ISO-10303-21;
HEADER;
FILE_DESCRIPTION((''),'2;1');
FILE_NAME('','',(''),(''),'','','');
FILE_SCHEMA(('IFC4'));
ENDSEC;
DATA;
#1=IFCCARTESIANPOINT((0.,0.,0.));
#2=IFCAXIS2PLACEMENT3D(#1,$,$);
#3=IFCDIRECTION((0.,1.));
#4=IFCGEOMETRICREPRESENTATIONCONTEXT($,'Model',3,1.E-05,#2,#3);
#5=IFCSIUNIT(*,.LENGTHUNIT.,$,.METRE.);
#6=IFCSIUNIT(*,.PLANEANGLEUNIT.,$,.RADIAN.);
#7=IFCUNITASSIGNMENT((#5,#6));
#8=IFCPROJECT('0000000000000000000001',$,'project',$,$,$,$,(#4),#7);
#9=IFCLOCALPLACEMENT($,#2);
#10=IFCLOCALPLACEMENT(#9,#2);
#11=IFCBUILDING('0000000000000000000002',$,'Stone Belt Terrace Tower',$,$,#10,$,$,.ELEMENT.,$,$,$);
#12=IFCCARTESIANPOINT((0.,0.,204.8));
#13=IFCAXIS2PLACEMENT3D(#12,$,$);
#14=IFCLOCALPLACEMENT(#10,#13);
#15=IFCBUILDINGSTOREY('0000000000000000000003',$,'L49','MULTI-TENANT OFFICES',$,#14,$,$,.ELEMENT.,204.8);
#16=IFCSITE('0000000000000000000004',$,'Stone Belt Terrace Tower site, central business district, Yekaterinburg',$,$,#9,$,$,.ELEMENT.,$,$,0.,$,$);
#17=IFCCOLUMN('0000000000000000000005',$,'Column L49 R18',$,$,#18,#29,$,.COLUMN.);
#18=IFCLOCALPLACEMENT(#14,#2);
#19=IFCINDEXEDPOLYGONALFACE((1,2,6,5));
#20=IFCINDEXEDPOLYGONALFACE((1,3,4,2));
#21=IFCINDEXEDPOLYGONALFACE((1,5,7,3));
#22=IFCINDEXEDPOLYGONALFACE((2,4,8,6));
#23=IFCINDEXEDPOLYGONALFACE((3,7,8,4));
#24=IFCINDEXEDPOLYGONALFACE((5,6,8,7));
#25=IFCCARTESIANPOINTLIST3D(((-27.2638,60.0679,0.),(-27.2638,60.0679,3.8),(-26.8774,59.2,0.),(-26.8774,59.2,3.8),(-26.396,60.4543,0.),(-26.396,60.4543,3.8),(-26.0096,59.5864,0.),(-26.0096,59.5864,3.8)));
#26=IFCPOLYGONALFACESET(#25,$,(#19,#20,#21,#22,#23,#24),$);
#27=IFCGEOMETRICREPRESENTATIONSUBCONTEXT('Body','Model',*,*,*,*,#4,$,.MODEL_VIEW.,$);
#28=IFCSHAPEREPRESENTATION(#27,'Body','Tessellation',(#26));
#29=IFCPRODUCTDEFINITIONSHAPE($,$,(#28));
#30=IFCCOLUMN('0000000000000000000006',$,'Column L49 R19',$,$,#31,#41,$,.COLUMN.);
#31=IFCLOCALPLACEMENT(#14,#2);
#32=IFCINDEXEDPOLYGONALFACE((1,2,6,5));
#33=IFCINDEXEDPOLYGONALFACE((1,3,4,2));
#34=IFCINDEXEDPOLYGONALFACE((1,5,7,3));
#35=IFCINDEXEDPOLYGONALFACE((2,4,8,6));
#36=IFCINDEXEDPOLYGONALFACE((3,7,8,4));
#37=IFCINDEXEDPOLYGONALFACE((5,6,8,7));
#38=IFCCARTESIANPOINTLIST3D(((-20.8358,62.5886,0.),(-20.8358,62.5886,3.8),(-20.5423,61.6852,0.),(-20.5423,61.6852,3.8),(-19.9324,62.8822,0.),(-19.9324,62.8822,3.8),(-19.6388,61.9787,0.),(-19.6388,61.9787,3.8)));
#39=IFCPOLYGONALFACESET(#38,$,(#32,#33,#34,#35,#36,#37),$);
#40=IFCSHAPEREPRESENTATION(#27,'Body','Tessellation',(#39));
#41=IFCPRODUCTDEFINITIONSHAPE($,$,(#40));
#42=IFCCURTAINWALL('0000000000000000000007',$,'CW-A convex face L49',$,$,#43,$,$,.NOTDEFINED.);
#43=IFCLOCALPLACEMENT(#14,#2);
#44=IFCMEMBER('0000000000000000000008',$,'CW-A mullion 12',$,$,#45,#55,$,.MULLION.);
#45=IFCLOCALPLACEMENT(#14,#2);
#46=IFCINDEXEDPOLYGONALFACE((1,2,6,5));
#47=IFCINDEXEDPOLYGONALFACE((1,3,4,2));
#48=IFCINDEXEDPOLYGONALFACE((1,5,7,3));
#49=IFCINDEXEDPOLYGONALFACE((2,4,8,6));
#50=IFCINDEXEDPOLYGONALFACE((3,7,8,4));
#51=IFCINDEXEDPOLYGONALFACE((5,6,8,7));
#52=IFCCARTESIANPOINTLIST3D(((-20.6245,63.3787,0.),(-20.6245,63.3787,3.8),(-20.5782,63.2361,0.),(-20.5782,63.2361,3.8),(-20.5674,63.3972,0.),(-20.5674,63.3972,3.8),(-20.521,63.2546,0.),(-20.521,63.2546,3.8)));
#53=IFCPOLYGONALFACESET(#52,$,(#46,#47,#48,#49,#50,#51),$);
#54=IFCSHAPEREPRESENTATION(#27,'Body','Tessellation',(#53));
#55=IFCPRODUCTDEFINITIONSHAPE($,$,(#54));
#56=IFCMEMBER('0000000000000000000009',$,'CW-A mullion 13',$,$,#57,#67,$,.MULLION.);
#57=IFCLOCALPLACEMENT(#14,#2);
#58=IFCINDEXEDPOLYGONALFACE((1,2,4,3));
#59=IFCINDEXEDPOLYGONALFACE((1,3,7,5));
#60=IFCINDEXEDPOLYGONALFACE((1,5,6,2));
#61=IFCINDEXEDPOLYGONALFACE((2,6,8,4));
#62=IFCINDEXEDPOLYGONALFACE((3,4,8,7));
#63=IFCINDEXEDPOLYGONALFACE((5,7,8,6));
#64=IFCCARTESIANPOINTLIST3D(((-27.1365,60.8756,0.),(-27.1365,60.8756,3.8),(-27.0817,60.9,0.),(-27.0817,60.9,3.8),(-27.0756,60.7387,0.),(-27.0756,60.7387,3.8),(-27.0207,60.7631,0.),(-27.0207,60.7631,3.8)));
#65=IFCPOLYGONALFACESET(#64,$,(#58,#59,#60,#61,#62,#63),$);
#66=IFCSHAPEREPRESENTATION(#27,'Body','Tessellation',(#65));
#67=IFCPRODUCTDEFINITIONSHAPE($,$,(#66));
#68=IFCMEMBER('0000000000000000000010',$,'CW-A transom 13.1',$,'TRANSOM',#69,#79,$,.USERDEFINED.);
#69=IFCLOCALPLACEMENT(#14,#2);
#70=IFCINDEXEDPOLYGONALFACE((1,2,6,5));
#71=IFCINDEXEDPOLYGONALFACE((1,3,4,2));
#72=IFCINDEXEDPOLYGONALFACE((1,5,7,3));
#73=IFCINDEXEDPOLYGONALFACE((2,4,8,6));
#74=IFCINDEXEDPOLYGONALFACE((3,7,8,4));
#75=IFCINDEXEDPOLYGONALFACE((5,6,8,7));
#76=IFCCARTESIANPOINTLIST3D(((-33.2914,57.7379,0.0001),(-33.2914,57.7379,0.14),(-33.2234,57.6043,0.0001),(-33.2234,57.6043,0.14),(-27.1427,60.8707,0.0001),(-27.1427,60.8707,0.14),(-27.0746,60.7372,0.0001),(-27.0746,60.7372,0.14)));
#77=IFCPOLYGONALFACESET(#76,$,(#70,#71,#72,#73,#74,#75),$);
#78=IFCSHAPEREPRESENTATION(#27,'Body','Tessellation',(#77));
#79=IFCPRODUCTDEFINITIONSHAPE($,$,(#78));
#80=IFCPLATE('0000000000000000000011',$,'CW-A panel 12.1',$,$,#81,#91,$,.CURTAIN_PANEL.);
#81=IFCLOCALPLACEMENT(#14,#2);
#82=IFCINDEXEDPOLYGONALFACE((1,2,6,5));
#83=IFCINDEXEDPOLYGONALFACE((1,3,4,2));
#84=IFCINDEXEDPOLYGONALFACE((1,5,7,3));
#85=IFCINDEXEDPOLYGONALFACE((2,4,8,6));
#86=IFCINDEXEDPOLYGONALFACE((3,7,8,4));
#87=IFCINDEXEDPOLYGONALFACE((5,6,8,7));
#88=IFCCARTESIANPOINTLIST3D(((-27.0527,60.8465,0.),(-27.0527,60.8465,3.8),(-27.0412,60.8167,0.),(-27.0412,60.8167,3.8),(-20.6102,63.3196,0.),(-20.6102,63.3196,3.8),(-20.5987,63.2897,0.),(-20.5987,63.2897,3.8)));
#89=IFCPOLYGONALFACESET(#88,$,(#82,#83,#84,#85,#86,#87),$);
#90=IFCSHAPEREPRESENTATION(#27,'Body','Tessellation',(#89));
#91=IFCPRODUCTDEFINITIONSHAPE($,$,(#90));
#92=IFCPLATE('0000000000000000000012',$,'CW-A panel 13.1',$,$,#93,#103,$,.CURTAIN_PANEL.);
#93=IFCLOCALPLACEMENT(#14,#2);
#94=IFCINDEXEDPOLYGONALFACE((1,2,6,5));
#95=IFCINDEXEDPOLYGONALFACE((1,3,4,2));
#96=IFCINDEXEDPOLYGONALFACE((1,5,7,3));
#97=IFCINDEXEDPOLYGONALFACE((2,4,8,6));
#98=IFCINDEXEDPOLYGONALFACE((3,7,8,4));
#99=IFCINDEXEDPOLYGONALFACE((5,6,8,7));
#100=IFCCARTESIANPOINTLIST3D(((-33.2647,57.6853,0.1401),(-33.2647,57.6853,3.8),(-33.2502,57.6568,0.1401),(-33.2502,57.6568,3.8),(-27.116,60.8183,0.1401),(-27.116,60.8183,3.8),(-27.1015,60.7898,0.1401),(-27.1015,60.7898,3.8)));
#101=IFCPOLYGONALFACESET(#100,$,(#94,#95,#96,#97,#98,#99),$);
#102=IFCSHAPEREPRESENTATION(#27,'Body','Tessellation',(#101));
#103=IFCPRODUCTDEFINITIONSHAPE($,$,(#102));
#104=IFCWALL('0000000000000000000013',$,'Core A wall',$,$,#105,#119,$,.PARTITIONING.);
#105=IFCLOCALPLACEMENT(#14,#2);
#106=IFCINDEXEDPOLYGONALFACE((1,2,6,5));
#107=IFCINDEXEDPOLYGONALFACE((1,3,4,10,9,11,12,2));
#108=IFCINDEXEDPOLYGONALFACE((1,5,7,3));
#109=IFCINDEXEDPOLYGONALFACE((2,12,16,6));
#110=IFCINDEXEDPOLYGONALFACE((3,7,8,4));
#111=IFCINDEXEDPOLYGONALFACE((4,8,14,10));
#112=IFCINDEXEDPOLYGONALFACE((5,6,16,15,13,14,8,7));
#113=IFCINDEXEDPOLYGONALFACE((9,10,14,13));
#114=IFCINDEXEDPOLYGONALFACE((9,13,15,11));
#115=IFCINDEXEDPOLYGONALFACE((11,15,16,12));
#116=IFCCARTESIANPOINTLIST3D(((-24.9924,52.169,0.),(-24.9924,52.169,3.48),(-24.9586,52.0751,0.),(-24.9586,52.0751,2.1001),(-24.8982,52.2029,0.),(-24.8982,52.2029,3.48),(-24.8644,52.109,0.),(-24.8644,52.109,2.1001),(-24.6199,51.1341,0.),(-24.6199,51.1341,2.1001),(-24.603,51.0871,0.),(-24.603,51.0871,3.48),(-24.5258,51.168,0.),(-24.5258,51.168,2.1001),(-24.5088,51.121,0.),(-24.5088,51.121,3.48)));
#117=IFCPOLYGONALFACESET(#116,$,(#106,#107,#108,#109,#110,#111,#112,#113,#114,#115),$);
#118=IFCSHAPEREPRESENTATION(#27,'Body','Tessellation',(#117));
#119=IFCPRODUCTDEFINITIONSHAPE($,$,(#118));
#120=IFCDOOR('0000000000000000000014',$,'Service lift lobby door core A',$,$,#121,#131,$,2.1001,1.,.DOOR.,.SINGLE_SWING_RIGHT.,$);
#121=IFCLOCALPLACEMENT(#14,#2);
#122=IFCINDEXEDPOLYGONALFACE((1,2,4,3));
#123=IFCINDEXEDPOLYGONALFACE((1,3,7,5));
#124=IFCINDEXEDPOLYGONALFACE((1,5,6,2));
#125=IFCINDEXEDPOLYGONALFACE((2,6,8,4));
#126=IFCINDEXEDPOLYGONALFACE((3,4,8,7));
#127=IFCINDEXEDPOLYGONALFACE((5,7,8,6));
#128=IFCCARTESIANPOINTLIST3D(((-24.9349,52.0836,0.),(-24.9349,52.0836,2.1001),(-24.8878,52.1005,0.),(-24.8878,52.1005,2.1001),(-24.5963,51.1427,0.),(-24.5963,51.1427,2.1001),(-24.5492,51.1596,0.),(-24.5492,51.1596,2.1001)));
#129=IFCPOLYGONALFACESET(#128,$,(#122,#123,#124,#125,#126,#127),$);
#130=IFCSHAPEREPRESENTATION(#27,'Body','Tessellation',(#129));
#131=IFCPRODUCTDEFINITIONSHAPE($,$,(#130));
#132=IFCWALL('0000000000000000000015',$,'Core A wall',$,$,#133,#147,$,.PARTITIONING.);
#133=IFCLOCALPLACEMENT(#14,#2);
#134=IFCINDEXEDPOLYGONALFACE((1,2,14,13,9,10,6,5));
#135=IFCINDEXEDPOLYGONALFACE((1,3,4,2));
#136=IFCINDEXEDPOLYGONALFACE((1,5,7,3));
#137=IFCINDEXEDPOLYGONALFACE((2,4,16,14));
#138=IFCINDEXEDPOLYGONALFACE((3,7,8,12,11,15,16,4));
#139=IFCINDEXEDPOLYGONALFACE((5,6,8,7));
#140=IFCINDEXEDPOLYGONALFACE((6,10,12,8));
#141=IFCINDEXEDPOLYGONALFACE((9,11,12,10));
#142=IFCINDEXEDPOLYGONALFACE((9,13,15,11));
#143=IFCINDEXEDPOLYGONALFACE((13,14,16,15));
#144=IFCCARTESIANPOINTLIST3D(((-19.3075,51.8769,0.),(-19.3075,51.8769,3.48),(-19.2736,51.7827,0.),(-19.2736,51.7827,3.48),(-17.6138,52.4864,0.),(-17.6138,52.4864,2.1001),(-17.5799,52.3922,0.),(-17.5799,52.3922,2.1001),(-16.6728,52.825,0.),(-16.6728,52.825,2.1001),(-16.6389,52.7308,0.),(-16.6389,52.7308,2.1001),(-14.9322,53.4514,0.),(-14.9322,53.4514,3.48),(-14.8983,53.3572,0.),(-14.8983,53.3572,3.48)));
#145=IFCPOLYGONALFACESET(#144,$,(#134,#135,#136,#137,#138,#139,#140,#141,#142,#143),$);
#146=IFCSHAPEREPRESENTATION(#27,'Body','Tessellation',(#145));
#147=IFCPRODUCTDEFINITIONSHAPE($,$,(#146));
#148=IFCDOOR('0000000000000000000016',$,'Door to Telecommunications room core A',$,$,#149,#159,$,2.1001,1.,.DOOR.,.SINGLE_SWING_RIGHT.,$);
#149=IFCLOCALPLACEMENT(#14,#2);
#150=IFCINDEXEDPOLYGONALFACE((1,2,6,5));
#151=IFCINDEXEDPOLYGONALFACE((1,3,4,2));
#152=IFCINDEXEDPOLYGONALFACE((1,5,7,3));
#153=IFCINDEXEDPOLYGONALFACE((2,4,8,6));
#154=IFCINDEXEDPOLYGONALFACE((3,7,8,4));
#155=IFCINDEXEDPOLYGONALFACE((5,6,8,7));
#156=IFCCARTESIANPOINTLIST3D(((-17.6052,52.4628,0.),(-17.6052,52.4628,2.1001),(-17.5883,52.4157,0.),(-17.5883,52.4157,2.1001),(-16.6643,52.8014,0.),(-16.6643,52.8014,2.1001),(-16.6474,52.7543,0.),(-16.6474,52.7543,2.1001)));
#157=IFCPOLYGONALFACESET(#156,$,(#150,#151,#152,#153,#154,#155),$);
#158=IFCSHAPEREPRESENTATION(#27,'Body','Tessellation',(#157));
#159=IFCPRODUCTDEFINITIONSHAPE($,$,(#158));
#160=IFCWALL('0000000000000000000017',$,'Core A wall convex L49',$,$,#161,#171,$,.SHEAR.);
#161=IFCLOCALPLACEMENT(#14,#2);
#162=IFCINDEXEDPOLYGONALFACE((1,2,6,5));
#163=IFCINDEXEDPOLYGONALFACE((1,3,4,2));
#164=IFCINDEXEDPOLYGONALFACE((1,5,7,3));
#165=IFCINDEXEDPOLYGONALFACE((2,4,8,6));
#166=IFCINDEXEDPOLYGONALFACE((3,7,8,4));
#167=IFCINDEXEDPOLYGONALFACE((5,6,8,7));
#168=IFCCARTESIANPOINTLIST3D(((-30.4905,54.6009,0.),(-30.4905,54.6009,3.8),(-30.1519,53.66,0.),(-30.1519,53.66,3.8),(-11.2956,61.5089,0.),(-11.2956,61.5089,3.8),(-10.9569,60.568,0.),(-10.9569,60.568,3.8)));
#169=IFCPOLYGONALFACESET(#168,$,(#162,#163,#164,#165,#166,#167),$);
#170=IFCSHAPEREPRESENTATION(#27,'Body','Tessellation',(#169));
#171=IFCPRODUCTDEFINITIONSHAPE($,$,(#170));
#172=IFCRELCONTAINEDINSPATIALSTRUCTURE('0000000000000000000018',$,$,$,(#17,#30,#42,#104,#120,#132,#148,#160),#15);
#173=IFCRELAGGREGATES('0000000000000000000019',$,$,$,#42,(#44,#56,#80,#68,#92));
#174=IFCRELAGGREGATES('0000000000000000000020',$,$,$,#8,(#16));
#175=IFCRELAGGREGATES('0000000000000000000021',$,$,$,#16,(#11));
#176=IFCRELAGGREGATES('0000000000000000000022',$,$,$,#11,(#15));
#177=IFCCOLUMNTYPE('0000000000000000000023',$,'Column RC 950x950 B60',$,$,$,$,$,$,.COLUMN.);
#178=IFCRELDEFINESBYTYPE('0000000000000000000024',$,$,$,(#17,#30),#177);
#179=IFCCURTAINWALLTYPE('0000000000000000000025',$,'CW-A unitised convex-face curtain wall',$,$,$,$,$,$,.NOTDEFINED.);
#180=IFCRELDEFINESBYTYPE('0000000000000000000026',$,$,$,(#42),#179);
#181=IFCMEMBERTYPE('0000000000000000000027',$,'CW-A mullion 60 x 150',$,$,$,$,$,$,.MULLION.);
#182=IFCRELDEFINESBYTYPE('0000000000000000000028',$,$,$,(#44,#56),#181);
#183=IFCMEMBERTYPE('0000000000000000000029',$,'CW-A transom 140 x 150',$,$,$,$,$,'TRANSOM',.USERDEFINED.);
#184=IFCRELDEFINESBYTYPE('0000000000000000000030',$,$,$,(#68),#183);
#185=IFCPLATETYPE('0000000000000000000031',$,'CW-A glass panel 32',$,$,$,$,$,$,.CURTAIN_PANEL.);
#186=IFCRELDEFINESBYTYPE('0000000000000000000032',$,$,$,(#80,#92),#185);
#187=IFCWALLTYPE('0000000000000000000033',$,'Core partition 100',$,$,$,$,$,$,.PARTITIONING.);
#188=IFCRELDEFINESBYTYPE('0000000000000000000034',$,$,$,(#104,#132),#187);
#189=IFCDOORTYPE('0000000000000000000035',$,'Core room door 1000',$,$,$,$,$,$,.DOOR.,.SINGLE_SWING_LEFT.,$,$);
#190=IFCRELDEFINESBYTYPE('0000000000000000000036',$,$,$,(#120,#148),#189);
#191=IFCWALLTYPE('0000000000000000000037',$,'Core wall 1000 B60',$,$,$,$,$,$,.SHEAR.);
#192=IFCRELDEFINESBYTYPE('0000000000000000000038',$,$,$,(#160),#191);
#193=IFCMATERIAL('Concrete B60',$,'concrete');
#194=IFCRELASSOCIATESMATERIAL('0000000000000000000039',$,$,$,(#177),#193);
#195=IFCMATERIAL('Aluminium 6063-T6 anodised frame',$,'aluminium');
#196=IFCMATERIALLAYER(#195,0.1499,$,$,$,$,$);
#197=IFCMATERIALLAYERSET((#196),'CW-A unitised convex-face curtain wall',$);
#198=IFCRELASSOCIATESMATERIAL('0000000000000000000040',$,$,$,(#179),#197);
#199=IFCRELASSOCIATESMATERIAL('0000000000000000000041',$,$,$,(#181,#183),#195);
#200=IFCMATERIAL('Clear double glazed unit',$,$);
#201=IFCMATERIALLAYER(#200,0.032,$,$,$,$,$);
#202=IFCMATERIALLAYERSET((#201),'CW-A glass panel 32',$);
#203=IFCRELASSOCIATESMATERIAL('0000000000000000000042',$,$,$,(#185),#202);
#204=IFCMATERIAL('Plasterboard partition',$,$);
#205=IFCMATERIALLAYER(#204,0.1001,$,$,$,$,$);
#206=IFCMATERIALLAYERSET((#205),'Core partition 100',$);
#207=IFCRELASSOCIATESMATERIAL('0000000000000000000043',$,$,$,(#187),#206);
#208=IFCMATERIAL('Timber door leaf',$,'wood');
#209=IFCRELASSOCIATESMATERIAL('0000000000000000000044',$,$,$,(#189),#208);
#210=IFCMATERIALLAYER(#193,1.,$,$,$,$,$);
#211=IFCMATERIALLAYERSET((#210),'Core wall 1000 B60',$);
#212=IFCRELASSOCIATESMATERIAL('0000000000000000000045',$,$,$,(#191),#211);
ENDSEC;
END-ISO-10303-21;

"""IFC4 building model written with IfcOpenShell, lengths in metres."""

from ifc_helpers import new_model, si_unit, direction, frame, frame_2d, origin, origin_2d, place, context, subcontext, project, spatial, rectangle, extrude, material, layer, layer_set, material_profile, profile_set, type_object, element, fill, aggregate, save


model = new_model("IFC4")

# Units and contexts
model_context = context("Model", 3, precision=1e-05, world=origin(), true_north=direction((0.0, 1.0)))
body_context = subcontext(model_context, "Body", "Model", "MODEL_VIEW")
ifc_project = project(units=[si_unit("LENGTHUNIT", "METRE"), si_unit("PLANEANGLEUNIT", "RADIAN")], contexts=[model_context])

# Site, building, storey
site_placement = place(None, origin())
site = spatial("IfcSite", under=ifc_project, at=site_placement, Name="Stone Belt Terrace Tower site, central business district, Yekaterinburg", CompositionType="ELEMENT", RefElevation=0.0)
building_placement = place(site_placement, origin())
building = spatial("IfcBuilding", under=site, at=building_placement, Name="Stone Belt Terrace Tower", CompositionType="ELEMENT")
storey_placement = place(building_placement, frame((0.0, 0.0, 204.8)))
storey = spatial("IfcBuildingStorey", under=building, at=storey_placement, Name="L49", Description="MULTI-TENANT OFFICES", CompositionType="ELEMENT", Elevation=204.8)

# Columns
ifc_material_1 = material(Name="Concrete B60", Category="concrete")
ifc_material_profile_1 = material_profile(ifc_material_1, rectangle(XDim=0.95, YDim=0.95, at=origin_2d()), Name="RC 950x950")
ifc_profile_set_1 = profile_set([ifc_material_profile_1], Name="Concrete B60")
column_type = type_object("IfcColumnType", Name="Column RC 950x950 B60", PredefinedType="COLUMN", material=ifc_profile_set_1)
for number, where, z_axis, x_axis, name in (
    (1, (-26.6367, 59.8271, 0.0), (0.0, 0.0, 1.0), (0.913545, 0.406737, 0.0), "Column L49 R18"),
    (2, (-20.2373, 62.2837, 0.0), (0.0, 0.0, 1.0), (0.951057, 0.309017, 0.0), "Column L49 R19"),
):
    element("IfcColumn", number, at=place(storey_placement, frame(where, z_axis=z_axis, x_axis=x_axis)), inside=storey, type_object=column_type, Name=name, PredefinedType="COLUMN", context=body_context, shape_type="SweptSolid", body=[
        extrude(rectangle(XDim=0.95, YDim=0.95, at=origin_2d()), origin(), (0.0, 0.0, 1.0), 3.8),
    ])

# Curtain wall, members, plates
ifc_material_2 = material(Name="Aluminium 6063-T6 anodised frame", Category="aluminium")
ifc_layer_1 = layer(ifc_material_2, 0.1499)
ifc_layer_set_1 = layer_set([ifc_layer_1], Name="CW-A unitised convex-face curtain wall")
curtain_wall_type = type_object("IfcCurtainWallType", Name="CW-A unitised convex-face curtain wall", PredefinedType="NOTDEFINED", material=ifc_layer_set_1)
curtain_wall_placement = place(storey_placement, origin())
curtain_wall = element("IfcCurtainWall", 3, at=curtain_wall_placement, inside=storey, type_object=curtain_wall_type, Name="CW-A convex face L49", PredefinedType="NOTDEFINED")
ifc_material_profile_2 = material_profile(ifc_material_2, rectangle(XDim=0.1499, YDim=0.0601, at=origin_2d()), Name="Aluminium 6063-T6 60x150")
ifc_profile_set_2 = profile_set([ifc_material_profile_2], Name="Aluminium 6063-T6 anodised frame")
member_type_1 = type_object("IfcMemberType", Name="CW-A mullion 60 x 150", PredefinedType="MULLION", material=ifc_profile_set_2)
member_1_placement = place(storey_placement, frame((-20.5728, 63.3167, 0.0), z_axis=(0.0, 0.0, 1.0), x_axis=(0.309017, -0.951057, 0.0)))
member_1 = element("IfcMember", 4, at=member_1_placement, type_object=member_type_1, Name="CW-A mullion 12", PredefinedType="MULLION", context=body_context, shape_type="SweptSolid", body=[
    extrude(rectangle(XDim=0.1499, YDim=0.0601, at=origin_2d()), origin(), (0.0, 0.0, 1.0), 3.8),
])
member_2_placement = place(storey_placement, frame((-27.0786, 60.8193, 0.0), z_axis=(0.0, 0.0, 1.0), x_axis=(0.406737, -0.913545, 0.0)))
member_2 = element("IfcMember", 5, at=member_2_placement, type_object=member_type_1, Name="CW-A mullion 13", PredefinedType="MULLION", context=body_context, shape_type="SweptSolid", body=[
    extrude(rectangle(XDim=0.1499, YDim=0.0601, at=origin_2d()), origin(), (0.0, 0.0, 1.0), 3.8),
])
ifc_material_profile_3 = material_profile(ifc_material_2, rectangle(XDim=0.1499, YDim=0.1399, at=origin_2d()), Name="Aluminium 6063-T6 150x140")
ifc_profile_set_3 = profile_set([ifc_material_profile_3], Name="Aluminium 6063-T6 anodised frame")
member_type_2 = type_object("IfcMemberType", Name="CW-A transom 140 x 150", ElementType="TRANSOM", PredefinedType="USERDEFINED", material=ifc_profile_set_3)
member_3_placement = place(storey_placement, frame((-27.1086, 60.804, 0.0701), z_axis=(-0.891012, -0.453979, 0.0), x_axis=(0.453979, -0.891012, 0.0)))
member_3 = element("IfcMember", 6, at=member_3_placement, type_object=member_type_2, Name="CW-A transom 13.1", ObjectType="TRANSOM", PredefinedType="USERDEFINED", context=body_context, shape_type="SweptSolid", body=[
    extrude(rectangle(XDim=0.1499, YDim=0.1399, at=origin_2d()), origin(), (0.0, 0.0, 1.0), 6.9009),
])
ifc_material_3 = material(Name="Clear double glazed unit")
ifc_layer_2 = layer(ifc_material_3, 0.032)
ifc_layer_set_2 = layer_set([ifc_layer_2], Name="CW-A glass panel 32")
plate_type = type_object("IfcPlateType", Name="CW-A glass panel 32", PredefinedType="CURTAIN_PANEL", material=ifc_layer_set_2)
plate_1_placement = place(storey_placement, frame((-23.8257, 62.0681, 0.0), z_axis=(0.0, 0.0, 1.0), x_axis=(-0.93358, -0.358368, 0.0)))
plate_1 = element("IfcPlate", 7, at=plate_1_placement, type_object=plate_type, Name="CW-A panel 12.1", PredefinedType="CURTAIN_PANEL", context=body_context, shape_type="SweptSolid", body=[
    extrude(rectangle(XDim=6.9009, YDim=0.032, at=origin_2d()), origin(), (0.0, 0.0, 1.0), 3.8),
])
plate_2_placement = place(storey_placement, frame((-30.1831, 59.2375, 0.1401), z_axis=(0.0, 0.0, 1.0), x_axis=(-0.891007, -0.45399, 0.0)))
plate_2 = element("IfcPlate", 8, at=plate_2_placement, type_object=plate_type, Name="CW-A panel 13.1", PredefinedType="CURTAIN_PANEL", context=body_context, shape_type="SweptSolid", body=[
    extrude(rectangle(XDim=6.9009, YDim=0.032, at=origin_2d()), origin(), (0.0, 0.0, 1.0), 3.6599),
])
aggregate(curtain_wall, [member_1, member_2, plate_1, member_3, plate_2])

# Walls, openings, doors
ifc_material_4 = material(Name="Plasterboard partition")
ifc_layer_3 = layer(ifc_material_4, 0.1001)
ifc_layer_set_3 = layer_set([ifc_layer_3], Name="Core partition 100")
wall_type_1 = type_object("IfcWallType", Name="Core partition 100", PredefinedType="PARTITIONING", material=ifc_layer_set_3)
wall_1_placement = place(storey_placement, frame((-24.5559, 51.104, 0.0), z_axis=(0.0, 0.0, 1.0), x_axis=(-0.338622, 0.940923, 0.0)))
wall_1 = element("IfcWall", 9, at=wall_1_placement, inside=storey, type_object=wall_type_1, Name="Core A wall", PredefinedType="PARTITIONING", context=body_context, shape_type="SweptSolid", body=[
    extrude(rectangle(XDim=1.1499, YDim=0.1001, at=frame_2d((0.575, 0.0))), origin(), (0.0, 0.0, 1.0), 3.48),
])
opening_1_placement = place(wall_1_placement, frame((0.05, 0.0, 0.0)))
opening_1 = element("IfcOpeningElement", 10, at=opening_1_placement, cuts=wall_1, PredefinedType="OPENING", context=body_context, shape_type="SweptSolid", body=[
    extrude(rectangle(XDim=1.0, YDim=2.1001, at=frame_2d((0.5, 1.05))), frame((0.0, 0.0601, 0.0), z_axis=(0.0, -1.0, 0.0), x_axis=(1.0, 0.0, 0.0)), (0.0, 0.0, 1.0), 0.1201),
])
ifc_material_5 = material(Name="Timber door leaf", Category="wood")
door_type_1 = type_object("IfcDoorType", Name="Core room door 1000", OperationType="SINGLE_SWING_LEFT", PredefinedType="DOOR", material=ifc_material_5)
door_1_placement = place(opening_1_placement, origin())
door_1 = element("IfcDoor", 11, at=door_1_placement, inside=storey, type_object=door_type_1, Name="Service lift lobby door core A", OperationType="SINGLE_SWING_RIGHT", OverallHeight=2.1001, OverallWidth=1.0, PredefinedType="DOOR", context=body_context, shape_type="SweptSolid", body=[
    extrude(rectangle(XDim=1.0, YDim=2.1001, at=frame_2d((0.5, 1.05))), frame((0.0, 0.0249, 0.0), z_axis=(0.0, -1.0, 0.0), x_axis=(1.0, 0.0, 0.0)), (0.0, 0.0, 1.0), 0.05),
])
fill(opening_1, door_1)
wall_2_placement = place(storey_placement, frame((-19.2905, 51.8298, 0.0), z_axis=(0.0, 0.0, 1.0), x_axis=(0.94093, 0.3386, 0.0)))
wall_2 = element("IfcWall", 12, at=wall_2_placement, inside=storey, type_object=wall_type_1, Name="Core A wall", PredefinedType="PARTITIONING", context=body_context, shape_type="SweptSolid", body=[
    extrude(rectangle(XDim=4.6499, YDim=0.1001, at=frame_2d((2.325, 0.0))), origin(), (0.0, 0.0, 1.0), 3.48),
])
opening_2_placement = place(wall_2_placement, frame((1.8, 0.0, 0.0)))
opening_2 = element("IfcOpeningElement", 13, at=opening_2_placement, cuts=wall_2, PredefinedType="OPENING", context=body_context, shape_type="SweptSolid", body=[
    extrude(rectangle(XDim=1.0, YDim=2.1001, at=frame_2d((0.5, 1.05))), frame((0.0, 0.0601, 0.0), z_axis=(0.0, -1.0, 0.0), x_axis=(1.0, 0.0, 0.0)), (0.0, 0.0, 1.0), 0.1201),
])
door_2_placement = place(opening_2_placement, origin())
door_2 = element("IfcDoor", 14, at=door_2_placement, inside=storey, type_object=door_type_1, Name="Door to Telecommunications room core A", OperationType="SINGLE_SWING_RIGHT", OverallHeight=2.1001, OverallWidth=1.0, PredefinedType="DOOR", context=body_context, shape_type="SweptSolid", body=[
    extrude(rectangle(XDim=1.0, YDim=2.1001, at=frame_2d((0.5, 1.05))), frame((0.0, 0.0249, 0.0), z_axis=(0.0, -1.0, 0.0), x_axis=(1.0, 0.0, 0.0)), (0.0, 0.0, 1.0), 0.05),
])
fill(opening_2, door_2)

# Wall
ifc_layer_4 = layer(ifc_material_1, 1.0)
ifc_layer_set_4 = layer_set([ifc_layer_4], Name="Core wall 1000 B60")
wall_type_2 = type_object("IfcWallType", Name="Core wall 1000 B60", PredefinedType="SHEAR", material=ifc_layer_set_4)
wall_3_placement = place(storey_placement, frame((-30.3213, 54.1304, 0.0), z_axis=(0.0, 0.0, 1.0), x_axis=(0.940921, 0.338625, 0.0)))
element("IfcWall", 15, at=wall_3_placement, inside=storey, type_object=wall_type_2, Name="Core A wall convex L49", PredefinedType="SHEAR", context=body_context, shape_type="SweptSolid", body=[
    extrude(rectangle(XDim=20.4001, YDim=1.0, at=frame_2d((10.2002, 0.0))), origin(), (0.0, 0.0, 1.0), 3.8),
])

save(model, "model.ifc")
